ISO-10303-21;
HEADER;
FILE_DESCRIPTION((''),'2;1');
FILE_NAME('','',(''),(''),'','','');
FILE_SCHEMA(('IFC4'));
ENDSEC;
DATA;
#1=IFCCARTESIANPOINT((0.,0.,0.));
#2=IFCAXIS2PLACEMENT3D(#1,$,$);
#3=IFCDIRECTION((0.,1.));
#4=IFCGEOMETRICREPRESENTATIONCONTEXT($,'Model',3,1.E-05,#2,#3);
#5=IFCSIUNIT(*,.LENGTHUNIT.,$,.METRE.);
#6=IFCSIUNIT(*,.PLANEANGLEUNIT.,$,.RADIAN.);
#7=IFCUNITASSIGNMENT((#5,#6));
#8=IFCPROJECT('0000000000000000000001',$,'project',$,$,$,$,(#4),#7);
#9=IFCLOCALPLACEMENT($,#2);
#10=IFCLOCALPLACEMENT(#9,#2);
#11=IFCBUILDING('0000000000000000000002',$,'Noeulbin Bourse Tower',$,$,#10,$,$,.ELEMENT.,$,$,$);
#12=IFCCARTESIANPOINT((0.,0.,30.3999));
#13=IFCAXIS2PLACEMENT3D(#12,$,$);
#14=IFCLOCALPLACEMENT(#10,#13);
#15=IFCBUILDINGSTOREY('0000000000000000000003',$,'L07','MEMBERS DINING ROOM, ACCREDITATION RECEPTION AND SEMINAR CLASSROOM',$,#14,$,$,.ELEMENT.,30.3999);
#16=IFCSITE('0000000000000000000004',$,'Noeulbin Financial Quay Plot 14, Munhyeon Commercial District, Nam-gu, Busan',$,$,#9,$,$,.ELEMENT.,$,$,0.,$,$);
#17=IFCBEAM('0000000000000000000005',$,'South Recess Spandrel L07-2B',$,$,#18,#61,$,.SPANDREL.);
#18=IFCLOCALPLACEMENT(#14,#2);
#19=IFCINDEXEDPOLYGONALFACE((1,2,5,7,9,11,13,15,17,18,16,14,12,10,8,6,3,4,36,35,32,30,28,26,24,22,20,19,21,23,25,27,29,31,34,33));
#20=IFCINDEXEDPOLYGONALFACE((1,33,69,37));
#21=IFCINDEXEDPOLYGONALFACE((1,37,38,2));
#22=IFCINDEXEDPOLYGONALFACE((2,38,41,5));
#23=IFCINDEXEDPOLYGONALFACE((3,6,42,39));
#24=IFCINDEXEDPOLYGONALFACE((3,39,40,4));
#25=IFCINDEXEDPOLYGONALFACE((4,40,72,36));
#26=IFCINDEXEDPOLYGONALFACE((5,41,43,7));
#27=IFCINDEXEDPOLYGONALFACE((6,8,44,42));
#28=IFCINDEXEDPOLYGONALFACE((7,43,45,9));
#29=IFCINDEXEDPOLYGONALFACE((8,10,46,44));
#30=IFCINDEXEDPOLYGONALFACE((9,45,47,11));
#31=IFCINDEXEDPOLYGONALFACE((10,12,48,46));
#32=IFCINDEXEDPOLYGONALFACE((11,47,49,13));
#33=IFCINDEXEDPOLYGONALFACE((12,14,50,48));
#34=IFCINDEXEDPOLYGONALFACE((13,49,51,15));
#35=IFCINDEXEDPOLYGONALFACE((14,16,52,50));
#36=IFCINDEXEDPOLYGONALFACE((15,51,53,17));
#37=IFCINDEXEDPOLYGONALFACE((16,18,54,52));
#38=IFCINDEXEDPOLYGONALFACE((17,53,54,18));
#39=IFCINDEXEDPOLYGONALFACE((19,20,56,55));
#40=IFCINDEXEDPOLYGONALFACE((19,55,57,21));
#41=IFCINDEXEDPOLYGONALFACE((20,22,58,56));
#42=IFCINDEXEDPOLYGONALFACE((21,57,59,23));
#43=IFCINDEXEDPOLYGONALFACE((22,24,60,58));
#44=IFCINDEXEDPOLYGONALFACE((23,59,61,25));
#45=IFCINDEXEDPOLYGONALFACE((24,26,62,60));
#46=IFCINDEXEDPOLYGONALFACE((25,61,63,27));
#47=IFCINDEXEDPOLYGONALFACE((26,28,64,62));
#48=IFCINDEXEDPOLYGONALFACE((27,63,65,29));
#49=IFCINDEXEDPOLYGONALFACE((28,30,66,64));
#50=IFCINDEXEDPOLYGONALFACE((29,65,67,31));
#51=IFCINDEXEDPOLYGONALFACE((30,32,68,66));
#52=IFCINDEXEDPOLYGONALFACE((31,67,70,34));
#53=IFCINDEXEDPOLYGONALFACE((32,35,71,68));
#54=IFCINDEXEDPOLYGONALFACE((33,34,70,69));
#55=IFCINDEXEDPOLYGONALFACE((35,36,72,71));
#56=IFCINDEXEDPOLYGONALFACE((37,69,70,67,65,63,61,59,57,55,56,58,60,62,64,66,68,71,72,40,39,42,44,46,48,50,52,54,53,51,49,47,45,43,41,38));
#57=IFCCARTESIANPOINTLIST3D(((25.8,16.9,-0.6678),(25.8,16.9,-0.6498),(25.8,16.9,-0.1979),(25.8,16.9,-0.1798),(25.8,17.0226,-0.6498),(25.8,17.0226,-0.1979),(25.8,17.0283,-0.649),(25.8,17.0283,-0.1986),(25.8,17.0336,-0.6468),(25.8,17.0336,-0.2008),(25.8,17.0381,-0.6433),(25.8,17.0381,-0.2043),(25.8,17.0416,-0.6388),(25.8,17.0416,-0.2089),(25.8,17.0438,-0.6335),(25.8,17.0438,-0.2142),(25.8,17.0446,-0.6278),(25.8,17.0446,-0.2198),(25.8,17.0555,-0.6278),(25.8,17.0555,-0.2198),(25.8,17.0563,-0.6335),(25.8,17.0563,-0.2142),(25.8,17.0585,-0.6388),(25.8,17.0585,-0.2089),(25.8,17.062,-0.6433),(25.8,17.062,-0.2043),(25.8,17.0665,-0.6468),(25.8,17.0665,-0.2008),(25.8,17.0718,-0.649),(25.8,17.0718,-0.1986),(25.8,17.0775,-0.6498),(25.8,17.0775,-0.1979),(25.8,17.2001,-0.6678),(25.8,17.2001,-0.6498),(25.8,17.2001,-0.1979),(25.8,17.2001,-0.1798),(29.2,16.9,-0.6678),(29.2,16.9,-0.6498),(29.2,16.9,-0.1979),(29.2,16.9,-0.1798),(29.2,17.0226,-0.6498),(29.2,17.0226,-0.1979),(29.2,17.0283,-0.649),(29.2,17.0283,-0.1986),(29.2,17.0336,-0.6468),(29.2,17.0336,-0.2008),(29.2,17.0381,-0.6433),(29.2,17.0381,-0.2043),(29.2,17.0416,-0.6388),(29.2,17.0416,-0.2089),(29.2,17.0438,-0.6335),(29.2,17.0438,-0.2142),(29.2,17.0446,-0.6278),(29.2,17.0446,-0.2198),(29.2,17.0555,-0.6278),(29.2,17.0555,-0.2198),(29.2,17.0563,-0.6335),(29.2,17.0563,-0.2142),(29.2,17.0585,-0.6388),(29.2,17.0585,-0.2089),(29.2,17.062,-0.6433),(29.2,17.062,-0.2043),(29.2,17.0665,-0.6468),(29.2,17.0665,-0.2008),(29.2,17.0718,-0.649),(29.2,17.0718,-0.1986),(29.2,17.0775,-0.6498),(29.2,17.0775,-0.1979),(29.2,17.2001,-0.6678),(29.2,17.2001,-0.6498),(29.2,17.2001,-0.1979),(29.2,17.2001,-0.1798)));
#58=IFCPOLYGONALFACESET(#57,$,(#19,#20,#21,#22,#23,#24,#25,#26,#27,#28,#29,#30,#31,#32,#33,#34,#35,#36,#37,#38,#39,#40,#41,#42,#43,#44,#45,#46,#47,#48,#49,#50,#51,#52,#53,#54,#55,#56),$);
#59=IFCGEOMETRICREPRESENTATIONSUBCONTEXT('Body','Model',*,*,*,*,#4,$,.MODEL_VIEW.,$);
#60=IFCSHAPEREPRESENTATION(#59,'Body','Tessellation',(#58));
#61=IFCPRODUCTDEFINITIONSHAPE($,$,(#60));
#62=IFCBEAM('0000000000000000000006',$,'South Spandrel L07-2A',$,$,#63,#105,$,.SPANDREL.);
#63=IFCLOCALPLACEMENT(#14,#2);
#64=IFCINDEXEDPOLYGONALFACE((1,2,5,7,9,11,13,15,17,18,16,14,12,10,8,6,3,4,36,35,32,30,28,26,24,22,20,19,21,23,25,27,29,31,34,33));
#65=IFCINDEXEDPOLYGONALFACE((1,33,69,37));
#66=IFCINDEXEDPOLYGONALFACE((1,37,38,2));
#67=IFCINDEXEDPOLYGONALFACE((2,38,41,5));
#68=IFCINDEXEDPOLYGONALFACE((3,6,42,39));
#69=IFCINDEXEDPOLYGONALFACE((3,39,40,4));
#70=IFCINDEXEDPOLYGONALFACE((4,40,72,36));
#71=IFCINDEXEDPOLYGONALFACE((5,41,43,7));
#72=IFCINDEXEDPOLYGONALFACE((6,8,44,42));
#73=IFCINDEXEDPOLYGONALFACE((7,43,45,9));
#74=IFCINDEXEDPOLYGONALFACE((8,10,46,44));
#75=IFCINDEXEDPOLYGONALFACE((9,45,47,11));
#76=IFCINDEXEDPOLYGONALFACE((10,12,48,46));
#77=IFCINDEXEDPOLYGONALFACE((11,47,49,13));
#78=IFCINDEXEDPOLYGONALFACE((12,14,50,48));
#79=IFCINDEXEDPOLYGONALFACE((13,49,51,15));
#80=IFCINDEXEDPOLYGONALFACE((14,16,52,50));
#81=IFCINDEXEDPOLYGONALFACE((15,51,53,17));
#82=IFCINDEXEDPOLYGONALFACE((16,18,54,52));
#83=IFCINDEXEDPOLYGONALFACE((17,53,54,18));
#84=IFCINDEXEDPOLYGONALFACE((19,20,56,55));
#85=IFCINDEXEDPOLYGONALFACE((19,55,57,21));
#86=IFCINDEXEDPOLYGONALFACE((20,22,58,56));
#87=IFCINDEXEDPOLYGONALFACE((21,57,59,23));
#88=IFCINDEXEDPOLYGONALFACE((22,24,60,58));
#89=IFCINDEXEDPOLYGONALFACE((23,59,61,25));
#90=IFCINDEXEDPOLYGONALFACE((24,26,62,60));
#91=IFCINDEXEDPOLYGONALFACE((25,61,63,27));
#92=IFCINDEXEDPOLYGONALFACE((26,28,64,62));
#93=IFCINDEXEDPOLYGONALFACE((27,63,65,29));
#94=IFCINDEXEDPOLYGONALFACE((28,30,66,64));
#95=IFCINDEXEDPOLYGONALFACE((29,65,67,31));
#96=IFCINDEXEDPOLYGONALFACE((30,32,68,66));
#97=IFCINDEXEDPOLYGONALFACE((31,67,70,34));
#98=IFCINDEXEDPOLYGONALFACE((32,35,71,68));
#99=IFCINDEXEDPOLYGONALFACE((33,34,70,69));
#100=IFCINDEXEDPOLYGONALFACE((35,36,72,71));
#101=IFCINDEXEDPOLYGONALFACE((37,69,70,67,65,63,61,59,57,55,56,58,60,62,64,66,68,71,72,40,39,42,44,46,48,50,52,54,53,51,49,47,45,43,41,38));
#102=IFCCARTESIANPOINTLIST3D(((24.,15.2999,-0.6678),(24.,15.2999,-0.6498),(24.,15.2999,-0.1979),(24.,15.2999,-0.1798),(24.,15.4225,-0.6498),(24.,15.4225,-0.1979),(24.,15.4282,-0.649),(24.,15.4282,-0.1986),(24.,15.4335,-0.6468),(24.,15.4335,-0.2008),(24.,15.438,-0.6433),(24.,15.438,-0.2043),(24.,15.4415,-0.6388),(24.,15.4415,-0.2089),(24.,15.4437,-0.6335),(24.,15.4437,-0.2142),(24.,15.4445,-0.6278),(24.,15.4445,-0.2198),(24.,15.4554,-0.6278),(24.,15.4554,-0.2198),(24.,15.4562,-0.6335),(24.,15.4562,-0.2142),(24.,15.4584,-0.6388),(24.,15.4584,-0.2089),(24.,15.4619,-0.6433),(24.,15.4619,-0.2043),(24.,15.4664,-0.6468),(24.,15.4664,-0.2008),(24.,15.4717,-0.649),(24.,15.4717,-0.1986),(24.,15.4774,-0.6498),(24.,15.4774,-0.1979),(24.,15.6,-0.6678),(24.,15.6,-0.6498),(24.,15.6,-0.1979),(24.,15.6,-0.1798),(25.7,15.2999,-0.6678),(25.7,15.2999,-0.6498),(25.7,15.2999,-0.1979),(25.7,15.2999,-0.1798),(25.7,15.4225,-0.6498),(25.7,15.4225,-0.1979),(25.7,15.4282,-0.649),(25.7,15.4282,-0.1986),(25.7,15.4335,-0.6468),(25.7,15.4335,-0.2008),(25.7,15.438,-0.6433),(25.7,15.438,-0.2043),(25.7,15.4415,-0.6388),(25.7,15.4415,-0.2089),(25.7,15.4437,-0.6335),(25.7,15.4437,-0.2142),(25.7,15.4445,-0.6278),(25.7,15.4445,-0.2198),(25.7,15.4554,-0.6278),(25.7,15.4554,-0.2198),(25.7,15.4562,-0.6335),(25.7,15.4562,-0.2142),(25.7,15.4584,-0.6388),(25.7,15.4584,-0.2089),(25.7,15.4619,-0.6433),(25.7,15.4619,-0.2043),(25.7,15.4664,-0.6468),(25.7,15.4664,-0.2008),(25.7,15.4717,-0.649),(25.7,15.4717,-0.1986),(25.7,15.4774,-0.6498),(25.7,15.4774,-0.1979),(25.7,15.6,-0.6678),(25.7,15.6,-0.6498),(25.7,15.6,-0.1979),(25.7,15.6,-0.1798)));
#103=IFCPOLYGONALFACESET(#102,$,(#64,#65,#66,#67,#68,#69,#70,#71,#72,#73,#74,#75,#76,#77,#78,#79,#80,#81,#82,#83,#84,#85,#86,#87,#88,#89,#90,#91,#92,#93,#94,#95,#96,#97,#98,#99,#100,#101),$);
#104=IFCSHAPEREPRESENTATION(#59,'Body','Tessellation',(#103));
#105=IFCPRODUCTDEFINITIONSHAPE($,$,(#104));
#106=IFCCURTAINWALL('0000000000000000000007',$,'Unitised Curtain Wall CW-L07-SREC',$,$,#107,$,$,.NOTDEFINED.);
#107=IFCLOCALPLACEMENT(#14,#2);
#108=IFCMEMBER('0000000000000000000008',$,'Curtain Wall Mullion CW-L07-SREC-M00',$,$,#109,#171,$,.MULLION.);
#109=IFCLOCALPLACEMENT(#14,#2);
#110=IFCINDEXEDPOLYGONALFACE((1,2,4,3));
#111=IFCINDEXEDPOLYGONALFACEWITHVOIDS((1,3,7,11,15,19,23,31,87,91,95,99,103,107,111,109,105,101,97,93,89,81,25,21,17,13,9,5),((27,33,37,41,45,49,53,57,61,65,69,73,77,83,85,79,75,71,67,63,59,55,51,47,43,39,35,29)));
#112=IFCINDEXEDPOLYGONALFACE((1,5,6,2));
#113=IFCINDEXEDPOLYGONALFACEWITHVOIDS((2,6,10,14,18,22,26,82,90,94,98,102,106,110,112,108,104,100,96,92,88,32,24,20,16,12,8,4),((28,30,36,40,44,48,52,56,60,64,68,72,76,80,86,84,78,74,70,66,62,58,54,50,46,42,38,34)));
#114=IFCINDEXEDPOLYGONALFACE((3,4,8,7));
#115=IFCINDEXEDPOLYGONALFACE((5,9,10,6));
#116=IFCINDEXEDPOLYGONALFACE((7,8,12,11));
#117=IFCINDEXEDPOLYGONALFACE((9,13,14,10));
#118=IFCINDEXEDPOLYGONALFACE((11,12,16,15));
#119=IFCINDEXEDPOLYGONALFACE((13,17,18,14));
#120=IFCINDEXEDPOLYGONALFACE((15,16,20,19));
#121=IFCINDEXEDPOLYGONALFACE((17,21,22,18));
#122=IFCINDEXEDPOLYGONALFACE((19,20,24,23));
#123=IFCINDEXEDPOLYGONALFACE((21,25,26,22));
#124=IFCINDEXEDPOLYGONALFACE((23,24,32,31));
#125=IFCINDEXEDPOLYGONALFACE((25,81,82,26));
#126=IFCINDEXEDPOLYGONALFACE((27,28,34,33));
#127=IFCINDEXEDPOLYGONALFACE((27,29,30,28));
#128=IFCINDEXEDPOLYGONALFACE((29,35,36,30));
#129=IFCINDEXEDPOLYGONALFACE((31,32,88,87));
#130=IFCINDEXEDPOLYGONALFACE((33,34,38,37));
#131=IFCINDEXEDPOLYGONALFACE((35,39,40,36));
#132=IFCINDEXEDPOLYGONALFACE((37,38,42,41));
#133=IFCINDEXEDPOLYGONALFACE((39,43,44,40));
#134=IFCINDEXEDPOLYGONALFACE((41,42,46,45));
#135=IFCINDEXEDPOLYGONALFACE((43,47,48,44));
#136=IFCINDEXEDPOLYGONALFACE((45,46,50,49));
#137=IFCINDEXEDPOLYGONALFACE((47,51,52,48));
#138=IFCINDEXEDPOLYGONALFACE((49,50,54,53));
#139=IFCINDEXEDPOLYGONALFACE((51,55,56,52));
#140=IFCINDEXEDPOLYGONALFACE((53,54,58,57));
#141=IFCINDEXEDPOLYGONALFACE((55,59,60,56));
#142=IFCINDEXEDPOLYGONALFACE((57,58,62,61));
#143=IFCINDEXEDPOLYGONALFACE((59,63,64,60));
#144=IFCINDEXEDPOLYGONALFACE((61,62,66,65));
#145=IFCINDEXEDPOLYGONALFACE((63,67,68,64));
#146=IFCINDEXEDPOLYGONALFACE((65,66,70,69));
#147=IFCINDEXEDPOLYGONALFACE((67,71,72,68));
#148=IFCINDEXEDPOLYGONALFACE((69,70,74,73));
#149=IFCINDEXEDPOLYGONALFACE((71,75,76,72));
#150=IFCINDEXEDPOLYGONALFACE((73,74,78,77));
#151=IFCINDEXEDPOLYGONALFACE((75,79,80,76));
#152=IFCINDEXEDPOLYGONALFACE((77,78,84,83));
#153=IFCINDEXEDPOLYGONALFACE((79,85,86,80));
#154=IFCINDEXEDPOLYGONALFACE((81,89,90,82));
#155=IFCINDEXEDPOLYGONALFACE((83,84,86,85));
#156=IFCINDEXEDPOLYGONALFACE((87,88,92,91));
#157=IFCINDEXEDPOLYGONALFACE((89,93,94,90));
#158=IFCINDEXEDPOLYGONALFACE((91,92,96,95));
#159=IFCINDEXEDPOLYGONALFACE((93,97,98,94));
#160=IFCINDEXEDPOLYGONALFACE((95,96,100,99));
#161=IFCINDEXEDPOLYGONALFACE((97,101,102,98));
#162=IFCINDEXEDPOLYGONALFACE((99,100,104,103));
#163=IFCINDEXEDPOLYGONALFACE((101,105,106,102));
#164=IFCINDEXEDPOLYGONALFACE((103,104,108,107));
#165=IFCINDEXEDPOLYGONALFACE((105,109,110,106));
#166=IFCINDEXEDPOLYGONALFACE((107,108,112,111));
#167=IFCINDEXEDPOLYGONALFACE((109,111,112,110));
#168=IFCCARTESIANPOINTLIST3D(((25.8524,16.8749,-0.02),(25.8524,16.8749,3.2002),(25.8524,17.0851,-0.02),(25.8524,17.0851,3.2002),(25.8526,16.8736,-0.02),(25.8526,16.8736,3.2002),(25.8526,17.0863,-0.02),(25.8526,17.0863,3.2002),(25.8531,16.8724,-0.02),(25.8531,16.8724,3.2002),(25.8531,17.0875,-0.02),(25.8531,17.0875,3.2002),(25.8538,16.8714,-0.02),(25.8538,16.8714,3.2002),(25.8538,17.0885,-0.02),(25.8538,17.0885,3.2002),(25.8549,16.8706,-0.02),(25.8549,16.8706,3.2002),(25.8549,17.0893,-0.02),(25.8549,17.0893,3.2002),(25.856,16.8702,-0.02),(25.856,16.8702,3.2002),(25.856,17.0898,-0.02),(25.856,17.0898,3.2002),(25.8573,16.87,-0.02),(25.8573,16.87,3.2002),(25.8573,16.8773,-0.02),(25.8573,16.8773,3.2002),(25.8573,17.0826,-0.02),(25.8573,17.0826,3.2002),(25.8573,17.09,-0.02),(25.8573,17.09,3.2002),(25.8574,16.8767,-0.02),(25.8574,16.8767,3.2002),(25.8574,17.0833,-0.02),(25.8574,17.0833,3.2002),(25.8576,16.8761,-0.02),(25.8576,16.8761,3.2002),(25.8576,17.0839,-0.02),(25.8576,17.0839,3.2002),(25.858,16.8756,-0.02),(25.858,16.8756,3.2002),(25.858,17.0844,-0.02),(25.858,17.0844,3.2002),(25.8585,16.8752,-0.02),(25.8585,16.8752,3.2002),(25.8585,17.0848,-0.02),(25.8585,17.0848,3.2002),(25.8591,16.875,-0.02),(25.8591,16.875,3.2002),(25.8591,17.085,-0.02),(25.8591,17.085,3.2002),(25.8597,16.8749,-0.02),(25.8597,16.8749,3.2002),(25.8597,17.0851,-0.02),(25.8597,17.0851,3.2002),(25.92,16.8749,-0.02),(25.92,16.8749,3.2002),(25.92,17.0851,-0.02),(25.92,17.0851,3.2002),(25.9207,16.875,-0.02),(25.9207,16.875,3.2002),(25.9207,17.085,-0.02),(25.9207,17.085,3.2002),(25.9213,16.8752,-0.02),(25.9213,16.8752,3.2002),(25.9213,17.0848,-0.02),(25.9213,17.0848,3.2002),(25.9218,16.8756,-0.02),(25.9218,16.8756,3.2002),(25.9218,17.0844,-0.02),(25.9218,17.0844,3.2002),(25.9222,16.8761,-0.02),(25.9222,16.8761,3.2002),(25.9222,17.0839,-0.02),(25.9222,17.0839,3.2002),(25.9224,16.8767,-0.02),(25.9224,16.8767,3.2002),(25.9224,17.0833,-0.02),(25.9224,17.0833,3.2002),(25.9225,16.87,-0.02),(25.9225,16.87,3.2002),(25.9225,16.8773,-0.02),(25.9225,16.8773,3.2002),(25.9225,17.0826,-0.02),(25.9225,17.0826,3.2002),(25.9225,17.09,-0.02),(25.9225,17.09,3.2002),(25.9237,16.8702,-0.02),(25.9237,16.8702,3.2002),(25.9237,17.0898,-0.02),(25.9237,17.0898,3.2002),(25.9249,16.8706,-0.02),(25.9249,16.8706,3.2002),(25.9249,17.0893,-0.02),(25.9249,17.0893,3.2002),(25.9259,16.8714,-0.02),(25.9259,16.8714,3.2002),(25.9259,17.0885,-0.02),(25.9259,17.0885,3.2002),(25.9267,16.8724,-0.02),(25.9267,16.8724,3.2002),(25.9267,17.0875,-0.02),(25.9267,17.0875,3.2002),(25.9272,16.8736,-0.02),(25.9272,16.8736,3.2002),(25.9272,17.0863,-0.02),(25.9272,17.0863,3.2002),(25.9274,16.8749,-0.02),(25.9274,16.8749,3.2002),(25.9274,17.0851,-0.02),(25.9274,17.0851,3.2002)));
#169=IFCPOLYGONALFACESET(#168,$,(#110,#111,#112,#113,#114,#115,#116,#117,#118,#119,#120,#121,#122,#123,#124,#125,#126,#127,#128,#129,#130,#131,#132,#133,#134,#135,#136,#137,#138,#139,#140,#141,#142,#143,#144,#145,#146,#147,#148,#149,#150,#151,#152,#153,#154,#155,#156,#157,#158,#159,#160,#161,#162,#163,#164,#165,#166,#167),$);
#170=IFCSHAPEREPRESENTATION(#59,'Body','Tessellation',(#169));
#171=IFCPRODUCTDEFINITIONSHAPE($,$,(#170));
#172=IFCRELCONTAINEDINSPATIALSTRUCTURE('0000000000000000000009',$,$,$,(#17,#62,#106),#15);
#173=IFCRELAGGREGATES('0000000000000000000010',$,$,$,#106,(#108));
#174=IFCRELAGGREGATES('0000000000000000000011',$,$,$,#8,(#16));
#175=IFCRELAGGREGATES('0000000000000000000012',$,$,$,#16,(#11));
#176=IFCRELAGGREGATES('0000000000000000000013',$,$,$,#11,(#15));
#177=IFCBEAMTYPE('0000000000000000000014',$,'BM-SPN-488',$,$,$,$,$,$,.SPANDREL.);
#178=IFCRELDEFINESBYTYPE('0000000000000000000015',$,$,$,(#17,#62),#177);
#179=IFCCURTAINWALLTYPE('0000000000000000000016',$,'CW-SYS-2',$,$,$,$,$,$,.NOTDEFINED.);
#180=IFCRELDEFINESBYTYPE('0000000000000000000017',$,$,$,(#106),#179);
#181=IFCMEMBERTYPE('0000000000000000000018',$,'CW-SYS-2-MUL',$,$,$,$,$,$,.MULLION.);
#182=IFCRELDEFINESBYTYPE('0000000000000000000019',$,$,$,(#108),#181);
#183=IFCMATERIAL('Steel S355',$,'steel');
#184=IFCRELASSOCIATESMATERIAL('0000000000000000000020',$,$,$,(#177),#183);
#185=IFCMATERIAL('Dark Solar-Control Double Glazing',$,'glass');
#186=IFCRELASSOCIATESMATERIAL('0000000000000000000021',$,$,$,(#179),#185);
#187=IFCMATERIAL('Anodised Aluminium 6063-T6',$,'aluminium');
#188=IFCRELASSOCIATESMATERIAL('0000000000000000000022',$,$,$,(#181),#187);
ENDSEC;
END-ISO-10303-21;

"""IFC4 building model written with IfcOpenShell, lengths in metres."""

from ifc_helpers import new_model, si_unit, direction, frame, origin, origin_2d, place, context, subcontext, project, spatial, hollow_rectangle, i_section, extrude, material, material_profile, profile_set, type_object, element, aggregate, save


model = new_model("IFC4")

# Units and contexts
model_context = context("Model", 3, precision=1e-05, world=origin(), true_north=direction((0.0, 1.0)))
body_context = subcontext(model_context, "Body", "Model", "MODEL_VIEW")
ifc_project = project(units=[si_unit("LENGTHUNIT", "METRE"), si_unit("PLANEANGLEUNIT", "RADIAN")], contexts=[model_context])

# Site, building, storey
site_placement = place(None, origin())
site = spatial("IfcSite", under=ifc_project, at=site_placement, Name="Noeulbin Financial Quay Plot 14, Munhyeon Commercial District, Nam-gu, Busan", CompositionType="ELEMENT", RefElevation=0.0)
building_placement = place(site_placement, origin())
building = spatial("IfcBuilding", under=site, at=building_placement, Name="Noeulbin Bourse Tower", CompositionType="ELEMENT")
storey_placement = place(building_placement, frame((0.0, 0.0, 30.3999)))
storey = spatial("IfcBuildingStorey", under=building, at=storey_placement, Name="L07", Description="MEMBERS DINING ROOM, ACCREDITATION RECEPTION AND SEMINAR CLASSROOM", CompositionType="ELEMENT", Elevation=30.3999)

# Beams
ifc_material_1 = material(Name="Steel S355", Category="steel")
ifc_material_profile_1 = material_profile(ifc_material_1, i_section(OverallWidth=0.3, OverallDepth=0.488, WebThickness=0.011, FlangeThickness=0.0181, FilletRadius=0.022, at=origin_2d()), Name="H-488x300x11x18", Category="LoadBearing")
ifc_profile_set_1 = profile_set([ifc_material_profile_1], Name="Steel S355")
beam_type_1 = type_object("IfcBeamType", Name="BM-SPN-488", PredefinedType="SPANDREL", material=ifc_profile_set_1)
beam_1_placement = place(storey_placement, frame((25.8, 17.05, -0.4238), z_axis=(1.0, 0.0, 0.0), x_axis=(0.0, 1.0, 0.0)))
element("IfcBeam", 1, at=beam_1_placement, inside=storey, type_object=beam_type_1, Name="South Recess Spandrel L07-2B", PredefinedType="SPANDREL", context=body_context, shape_type="SweptSolid", body=[
    extrude(i_section(OverallWidth=0.3, OverallDepth=0.488, WebThickness=0.011, FlangeThickness=0.0181, FilletRadius=0.022, at=origin_2d()), origin(), (0.0, 0.0, 1.0), 3.3999),
])
beam_2_placement = place(storey_placement, frame((24.0, 15.45, -0.4238), z_axis=(1.0, 0.0, 0.0), x_axis=(0.0, 1.0, 0.0)))
element("IfcBeam", 2, at=beam_2_placement, inside=storey, type_object=beam_type_1, Name="South Spandrel L07-2A", PredefinedType="SPANDREL", context=body_context, shape_type="SweptSolid", body=[
    extrude(i_section(OverallWidth=0.3, OverallDepth=0.488, WebThickness=0.011, FlangeThickness=0.0181, FilletRadius=0.022, at=origin_2d()), origin(), (0.0, 0.0, 1.0), 1.7),
])

# Curtain wall, member
ifc_material_2 = material(Name="Dark Solar-Control Double Glazing", Category="glass")
curtain_wall_type = type_object("IfcCurtainWallType", Name="CW-SYS-2", PredefinedType="NOTDEFINED", material=ifc_material_2)
curtain_wall_1_placement = place(storey_placement, origin())
curtain_wall_1 = element("IfcCurtainWall", 3, at=curtain_wall_1_placement, inside=storey, type_object=curtain_wall_type, Name="Unitised Curtain Wall CW-L07-SREC", PredefinedType="NOTDEFINED")
ifc_material_3 = material(Name="Anodised Aluminium 6063-T6", Category="aluminium")
ifc_material_profile_2 = material_profile(ifc_material_3, hollow_rectangle(XDim=0.075, YDim=0.22, WallThickness=0.0049, InnerFilletRadius=0.0024, OuterFilletRadius=0.0049, at=origin_2d()), Name="ALU-MULL-75x220x5", Category="LoadBearing")
ifc_profile_set_2 = profile_set([ifc_material_profile_2], Name="Anodised Aluminium 6063-T6")
member_type_1 = type_object("IfcMemberType", Name="CW-SYS-2-MUL", PredefinedType="MULLION", material=ifc_profile_set_2)
member_1_placement = place(storey_placement, frame((25.8899, 16.98, -0.02), z_axis=(0.0, 0.0, 1.0), x_axis=(1.0, 0.0, 0.0)))
member_1 = element("IfcMember", 4, at=member_1_placement, type_object=member_type_1, Name="Curtain Wall Mullion CW-L07-SREC-M00", PredefinedType="MULLION", context=body_context, shape_type="SweptSolid", body=[
    extrude(hollow_rectangle(XDim=0.075, YDim=0.22, WallThickness=0.0049, InnerFilletRadius=0.0024, OuterFilletRadius=0.0049, at=origin_2d()), origin(), (0.0, 0.0, 1.0), 3.2202),
])

aggregate(curtain_wall_1, [member_1])

save(model, "model.ifc")
